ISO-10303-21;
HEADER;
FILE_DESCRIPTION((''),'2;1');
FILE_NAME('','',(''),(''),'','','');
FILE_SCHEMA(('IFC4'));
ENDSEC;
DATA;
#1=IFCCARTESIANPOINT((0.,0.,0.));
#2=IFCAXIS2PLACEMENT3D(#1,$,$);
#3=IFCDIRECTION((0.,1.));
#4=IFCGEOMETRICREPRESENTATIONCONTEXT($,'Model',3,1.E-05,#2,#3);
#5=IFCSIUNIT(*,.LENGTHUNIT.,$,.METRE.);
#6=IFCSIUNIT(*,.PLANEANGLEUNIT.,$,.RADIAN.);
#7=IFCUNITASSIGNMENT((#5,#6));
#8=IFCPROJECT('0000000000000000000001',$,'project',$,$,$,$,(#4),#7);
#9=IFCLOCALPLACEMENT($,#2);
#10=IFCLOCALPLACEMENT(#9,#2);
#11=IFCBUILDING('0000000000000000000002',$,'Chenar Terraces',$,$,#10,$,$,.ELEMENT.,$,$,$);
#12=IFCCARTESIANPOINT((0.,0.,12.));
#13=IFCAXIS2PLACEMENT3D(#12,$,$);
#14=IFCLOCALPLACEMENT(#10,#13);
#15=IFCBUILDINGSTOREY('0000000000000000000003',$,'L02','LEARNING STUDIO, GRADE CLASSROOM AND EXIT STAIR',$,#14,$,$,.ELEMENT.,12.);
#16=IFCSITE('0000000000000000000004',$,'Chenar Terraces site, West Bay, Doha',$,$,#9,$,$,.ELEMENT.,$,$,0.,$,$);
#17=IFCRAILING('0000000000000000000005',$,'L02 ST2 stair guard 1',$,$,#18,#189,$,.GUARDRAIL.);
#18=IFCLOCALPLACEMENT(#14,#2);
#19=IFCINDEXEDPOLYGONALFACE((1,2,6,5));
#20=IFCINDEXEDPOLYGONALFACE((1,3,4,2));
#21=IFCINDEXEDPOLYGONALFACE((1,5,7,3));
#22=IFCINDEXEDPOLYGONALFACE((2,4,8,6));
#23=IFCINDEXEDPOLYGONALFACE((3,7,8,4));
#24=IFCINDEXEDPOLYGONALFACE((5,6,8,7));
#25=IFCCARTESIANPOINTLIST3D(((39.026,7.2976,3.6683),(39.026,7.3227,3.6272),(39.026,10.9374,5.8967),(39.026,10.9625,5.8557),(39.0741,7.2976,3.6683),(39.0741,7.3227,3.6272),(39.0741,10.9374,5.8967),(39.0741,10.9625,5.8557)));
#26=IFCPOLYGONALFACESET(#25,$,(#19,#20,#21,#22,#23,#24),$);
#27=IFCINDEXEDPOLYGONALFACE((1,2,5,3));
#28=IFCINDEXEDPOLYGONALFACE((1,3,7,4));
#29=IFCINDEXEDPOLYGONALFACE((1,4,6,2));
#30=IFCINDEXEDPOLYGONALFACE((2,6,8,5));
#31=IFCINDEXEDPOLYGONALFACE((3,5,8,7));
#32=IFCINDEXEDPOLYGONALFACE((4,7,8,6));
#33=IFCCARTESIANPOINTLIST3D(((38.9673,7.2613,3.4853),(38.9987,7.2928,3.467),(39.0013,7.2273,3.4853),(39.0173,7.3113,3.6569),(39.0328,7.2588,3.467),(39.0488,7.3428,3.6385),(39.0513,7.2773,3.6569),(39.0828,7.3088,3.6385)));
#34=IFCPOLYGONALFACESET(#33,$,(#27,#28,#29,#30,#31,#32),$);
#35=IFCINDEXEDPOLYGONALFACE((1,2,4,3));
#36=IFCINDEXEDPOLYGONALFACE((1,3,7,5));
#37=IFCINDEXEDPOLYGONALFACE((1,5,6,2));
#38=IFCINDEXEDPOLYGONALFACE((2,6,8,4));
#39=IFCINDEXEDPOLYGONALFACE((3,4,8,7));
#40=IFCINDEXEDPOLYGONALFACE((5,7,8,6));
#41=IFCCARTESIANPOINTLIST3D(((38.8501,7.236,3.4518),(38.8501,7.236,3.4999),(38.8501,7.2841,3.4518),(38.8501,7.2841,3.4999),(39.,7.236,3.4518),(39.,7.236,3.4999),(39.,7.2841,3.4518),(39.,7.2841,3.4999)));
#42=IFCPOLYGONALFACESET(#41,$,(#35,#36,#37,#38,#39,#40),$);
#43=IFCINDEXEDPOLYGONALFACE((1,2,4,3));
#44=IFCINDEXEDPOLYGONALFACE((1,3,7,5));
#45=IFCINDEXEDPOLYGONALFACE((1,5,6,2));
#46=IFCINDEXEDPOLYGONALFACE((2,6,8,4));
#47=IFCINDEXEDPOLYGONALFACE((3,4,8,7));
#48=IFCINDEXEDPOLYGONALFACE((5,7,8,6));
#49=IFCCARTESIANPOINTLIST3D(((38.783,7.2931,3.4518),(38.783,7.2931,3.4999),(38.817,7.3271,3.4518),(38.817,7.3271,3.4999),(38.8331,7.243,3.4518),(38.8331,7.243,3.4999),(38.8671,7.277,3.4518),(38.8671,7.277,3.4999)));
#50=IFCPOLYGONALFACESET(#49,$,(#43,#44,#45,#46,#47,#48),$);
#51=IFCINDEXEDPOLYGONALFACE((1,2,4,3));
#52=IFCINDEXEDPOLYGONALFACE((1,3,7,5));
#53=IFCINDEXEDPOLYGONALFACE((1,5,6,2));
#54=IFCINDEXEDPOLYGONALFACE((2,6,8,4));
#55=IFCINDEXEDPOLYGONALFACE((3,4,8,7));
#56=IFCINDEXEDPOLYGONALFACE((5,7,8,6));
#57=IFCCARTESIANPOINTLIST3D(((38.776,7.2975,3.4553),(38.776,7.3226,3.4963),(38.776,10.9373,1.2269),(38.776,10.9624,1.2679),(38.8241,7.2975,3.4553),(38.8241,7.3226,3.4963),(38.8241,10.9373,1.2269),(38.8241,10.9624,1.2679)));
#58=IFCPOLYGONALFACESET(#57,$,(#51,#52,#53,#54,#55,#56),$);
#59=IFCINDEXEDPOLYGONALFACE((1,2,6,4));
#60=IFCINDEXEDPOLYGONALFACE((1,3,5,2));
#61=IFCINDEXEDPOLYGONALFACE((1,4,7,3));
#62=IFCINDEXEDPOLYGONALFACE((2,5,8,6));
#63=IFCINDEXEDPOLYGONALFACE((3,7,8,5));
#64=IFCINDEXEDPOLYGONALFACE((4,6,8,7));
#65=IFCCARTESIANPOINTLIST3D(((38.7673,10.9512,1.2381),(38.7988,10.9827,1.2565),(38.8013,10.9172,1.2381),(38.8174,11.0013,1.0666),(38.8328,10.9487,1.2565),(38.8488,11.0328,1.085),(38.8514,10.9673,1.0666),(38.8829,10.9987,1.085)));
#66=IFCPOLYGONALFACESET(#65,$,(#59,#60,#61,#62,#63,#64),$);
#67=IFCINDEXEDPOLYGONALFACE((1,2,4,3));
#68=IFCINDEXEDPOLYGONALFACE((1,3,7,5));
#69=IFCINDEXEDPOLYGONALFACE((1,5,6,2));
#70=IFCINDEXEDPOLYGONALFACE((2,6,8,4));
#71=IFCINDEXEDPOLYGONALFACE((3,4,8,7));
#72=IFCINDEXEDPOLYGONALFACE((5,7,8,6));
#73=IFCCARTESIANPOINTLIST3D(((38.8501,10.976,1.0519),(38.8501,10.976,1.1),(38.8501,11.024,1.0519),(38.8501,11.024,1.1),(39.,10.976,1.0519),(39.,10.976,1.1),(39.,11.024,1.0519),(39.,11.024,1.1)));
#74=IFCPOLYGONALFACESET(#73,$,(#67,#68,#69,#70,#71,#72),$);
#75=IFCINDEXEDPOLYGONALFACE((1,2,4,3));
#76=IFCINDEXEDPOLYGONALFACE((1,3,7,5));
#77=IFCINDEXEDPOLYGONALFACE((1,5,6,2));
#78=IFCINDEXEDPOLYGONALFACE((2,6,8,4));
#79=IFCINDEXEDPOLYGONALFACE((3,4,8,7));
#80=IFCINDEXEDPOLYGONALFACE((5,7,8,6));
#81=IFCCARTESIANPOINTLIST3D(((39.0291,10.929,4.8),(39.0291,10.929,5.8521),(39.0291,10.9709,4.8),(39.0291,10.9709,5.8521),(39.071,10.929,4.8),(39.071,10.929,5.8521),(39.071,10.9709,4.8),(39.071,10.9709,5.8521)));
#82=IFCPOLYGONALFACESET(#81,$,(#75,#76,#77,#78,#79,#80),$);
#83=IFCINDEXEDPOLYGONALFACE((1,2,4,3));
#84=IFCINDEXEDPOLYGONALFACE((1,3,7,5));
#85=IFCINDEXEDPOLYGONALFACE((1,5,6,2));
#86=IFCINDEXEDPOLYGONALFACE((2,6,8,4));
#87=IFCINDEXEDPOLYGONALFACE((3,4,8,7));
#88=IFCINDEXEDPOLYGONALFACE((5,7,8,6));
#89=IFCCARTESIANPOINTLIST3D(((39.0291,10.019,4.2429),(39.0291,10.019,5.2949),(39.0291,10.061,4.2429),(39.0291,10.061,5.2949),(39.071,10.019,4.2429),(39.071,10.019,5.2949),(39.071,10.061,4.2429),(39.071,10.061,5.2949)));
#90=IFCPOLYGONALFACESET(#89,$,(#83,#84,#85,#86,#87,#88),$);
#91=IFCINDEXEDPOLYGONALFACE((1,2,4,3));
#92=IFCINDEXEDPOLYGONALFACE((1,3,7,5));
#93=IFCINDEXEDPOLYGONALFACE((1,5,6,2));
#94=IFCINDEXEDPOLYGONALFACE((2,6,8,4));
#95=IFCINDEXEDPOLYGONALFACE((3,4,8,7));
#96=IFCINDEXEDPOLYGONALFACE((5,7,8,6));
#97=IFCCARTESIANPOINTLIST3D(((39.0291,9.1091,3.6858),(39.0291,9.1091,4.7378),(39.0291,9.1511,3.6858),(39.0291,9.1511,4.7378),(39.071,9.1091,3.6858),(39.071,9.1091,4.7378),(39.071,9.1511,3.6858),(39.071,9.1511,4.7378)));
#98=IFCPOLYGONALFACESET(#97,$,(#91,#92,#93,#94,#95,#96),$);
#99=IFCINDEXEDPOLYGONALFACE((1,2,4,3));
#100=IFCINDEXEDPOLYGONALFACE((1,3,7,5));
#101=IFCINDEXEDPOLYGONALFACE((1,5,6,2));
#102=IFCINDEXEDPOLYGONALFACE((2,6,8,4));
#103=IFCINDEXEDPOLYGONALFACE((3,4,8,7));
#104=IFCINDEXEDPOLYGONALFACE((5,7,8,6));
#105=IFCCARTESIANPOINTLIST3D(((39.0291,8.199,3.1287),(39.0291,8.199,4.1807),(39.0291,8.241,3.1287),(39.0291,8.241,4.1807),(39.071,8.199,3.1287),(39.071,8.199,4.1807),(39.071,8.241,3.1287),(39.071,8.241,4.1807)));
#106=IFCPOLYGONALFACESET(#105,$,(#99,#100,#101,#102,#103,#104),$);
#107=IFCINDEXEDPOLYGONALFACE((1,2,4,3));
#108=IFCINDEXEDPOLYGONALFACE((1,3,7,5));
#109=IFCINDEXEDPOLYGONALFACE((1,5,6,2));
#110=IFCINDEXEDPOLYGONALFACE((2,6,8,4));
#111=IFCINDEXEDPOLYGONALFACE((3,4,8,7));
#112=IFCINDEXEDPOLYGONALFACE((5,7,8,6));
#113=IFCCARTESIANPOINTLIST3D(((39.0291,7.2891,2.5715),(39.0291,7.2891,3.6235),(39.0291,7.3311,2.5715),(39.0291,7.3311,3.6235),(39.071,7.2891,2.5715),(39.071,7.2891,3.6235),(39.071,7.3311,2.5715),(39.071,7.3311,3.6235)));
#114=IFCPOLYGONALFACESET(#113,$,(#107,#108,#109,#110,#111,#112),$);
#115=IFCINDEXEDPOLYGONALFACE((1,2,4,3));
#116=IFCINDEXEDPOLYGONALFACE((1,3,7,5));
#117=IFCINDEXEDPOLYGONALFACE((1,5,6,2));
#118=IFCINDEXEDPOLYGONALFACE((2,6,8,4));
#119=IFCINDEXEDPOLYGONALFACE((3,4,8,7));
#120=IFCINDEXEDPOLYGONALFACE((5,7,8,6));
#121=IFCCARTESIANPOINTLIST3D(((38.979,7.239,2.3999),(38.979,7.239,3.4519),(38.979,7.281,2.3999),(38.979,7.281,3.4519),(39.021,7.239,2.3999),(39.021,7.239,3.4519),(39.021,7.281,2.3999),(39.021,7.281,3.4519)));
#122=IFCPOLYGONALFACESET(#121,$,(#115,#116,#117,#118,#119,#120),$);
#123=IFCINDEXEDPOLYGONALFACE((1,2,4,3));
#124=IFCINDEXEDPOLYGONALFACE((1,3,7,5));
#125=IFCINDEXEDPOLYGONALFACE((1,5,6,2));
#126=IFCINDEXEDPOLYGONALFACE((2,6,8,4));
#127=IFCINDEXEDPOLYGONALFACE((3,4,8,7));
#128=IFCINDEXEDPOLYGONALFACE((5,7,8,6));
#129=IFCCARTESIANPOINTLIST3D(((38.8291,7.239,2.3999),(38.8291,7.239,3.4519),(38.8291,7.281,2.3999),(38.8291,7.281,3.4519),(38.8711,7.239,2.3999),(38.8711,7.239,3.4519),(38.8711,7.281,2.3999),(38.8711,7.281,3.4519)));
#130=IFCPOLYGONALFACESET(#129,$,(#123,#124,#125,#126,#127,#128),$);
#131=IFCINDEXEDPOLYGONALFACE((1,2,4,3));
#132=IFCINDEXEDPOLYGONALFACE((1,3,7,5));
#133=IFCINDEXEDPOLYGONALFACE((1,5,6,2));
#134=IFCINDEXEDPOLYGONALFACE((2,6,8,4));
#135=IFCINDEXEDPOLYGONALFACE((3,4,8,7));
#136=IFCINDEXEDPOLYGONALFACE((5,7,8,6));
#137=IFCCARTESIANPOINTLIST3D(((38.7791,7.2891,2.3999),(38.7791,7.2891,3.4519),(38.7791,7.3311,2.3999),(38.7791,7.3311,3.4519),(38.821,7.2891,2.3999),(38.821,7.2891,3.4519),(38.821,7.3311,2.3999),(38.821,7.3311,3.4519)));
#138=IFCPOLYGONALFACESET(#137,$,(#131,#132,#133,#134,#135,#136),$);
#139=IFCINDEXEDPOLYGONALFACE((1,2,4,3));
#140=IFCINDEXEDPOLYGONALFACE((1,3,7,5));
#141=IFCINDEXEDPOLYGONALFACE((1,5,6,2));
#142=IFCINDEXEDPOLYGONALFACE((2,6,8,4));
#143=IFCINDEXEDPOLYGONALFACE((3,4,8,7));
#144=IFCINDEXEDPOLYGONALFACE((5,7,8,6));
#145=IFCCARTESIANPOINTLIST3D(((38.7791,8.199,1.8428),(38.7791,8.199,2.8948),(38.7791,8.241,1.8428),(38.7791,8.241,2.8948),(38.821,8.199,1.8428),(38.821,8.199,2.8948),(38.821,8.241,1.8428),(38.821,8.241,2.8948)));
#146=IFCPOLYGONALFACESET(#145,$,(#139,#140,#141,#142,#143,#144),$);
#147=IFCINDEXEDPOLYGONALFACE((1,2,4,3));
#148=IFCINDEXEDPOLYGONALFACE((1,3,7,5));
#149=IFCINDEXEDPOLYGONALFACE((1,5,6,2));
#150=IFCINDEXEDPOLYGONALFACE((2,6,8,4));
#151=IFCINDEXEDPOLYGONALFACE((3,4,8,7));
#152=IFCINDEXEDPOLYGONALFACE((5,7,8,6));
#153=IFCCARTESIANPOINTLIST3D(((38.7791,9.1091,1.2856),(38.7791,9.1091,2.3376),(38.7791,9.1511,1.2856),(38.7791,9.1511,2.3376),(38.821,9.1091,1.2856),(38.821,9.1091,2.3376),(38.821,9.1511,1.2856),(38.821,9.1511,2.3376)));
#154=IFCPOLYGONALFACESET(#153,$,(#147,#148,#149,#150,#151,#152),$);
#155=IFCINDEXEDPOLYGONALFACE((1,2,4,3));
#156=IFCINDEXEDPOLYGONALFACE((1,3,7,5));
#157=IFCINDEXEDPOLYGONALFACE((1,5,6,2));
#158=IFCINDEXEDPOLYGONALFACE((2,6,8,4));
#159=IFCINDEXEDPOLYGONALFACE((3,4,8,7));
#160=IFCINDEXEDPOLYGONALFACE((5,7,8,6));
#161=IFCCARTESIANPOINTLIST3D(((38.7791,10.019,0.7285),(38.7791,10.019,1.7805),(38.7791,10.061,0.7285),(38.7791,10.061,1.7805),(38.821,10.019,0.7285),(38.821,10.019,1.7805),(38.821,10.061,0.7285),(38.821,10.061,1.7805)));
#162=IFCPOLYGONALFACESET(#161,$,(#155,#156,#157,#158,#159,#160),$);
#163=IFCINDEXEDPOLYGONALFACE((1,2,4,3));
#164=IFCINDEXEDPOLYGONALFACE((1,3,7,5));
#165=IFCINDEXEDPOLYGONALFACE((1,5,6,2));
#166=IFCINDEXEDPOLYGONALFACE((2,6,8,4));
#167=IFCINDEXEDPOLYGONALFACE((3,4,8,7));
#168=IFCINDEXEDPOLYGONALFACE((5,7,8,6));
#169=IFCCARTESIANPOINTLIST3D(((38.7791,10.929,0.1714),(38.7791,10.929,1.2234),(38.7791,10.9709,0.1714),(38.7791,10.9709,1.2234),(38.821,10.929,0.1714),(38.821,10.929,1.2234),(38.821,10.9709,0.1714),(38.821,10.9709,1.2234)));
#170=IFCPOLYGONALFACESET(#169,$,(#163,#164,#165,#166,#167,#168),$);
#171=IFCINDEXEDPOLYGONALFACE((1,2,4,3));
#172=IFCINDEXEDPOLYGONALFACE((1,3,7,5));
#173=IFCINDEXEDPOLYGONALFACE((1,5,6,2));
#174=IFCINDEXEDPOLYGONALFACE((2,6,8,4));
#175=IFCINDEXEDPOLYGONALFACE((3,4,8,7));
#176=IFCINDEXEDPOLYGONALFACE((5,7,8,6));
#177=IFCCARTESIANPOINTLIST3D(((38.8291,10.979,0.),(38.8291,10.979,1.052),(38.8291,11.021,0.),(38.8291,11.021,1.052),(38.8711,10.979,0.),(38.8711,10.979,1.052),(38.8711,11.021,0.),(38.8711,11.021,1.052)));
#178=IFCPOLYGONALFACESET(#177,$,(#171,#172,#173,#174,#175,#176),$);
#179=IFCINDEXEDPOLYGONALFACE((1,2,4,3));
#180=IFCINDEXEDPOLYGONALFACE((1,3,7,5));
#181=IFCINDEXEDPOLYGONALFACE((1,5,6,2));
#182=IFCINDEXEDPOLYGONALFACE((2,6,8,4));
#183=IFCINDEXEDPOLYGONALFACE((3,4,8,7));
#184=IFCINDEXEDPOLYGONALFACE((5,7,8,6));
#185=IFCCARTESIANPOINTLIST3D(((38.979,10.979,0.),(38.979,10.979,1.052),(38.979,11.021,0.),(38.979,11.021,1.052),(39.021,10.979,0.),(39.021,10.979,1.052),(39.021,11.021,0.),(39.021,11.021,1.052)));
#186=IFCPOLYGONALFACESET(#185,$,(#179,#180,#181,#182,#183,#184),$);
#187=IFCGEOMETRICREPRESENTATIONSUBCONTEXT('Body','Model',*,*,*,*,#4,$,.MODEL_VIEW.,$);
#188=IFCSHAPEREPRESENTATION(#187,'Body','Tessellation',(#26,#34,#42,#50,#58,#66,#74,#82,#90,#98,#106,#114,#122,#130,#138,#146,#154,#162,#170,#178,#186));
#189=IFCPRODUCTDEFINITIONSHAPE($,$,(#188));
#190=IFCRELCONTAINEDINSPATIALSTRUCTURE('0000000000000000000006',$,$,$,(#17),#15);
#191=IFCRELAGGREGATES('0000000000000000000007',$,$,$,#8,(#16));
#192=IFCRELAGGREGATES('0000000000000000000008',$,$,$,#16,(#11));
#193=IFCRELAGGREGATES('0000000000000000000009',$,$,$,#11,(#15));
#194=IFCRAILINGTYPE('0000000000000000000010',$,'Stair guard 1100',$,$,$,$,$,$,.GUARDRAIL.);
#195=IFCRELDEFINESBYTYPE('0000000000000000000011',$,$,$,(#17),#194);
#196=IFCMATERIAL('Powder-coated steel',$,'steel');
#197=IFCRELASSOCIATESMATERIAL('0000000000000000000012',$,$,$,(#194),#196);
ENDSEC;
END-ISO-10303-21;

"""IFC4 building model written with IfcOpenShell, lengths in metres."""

from ifc_helpers import new_model, si_unit, direction, frame, origin, origin_2d, place, context, subcontext, project, spatial, rectangle, extrude, material, type_object, element, save


model = new_model("IFC4")

# Units and contexts
model_context = context("Model", 3, precision=1e-05, world=origin(), true_north=direction((0.0, 1.0)))
body_context = subcontext(model_context, "Body", "Model", "MODEL_VIEW")
ifc_project = project(units=[si_unit("LENGTHUNIT", "METRE"), si_unit("PLANEANGLEUNIT", "RADIAN")], contexts=[model_context])

# Site, building, storey
site_placement = place(None, origin())
site = spatial("IfcSite", under=ifc_project, at=site_placement, Name="Chenar Terraces site, West Bay, Doha", CompositionType="ELEMENT", RefElevation=0.0)
building_placement = place(site_placement, origin())
building = spatial("IfcBuilding", under=site, at=building_placement, Name="Chenar Terraces", CompositionType="ELEMENT")
storey_placement = place(building_placement, frame((0.0, 0.0, 12.0)))
storey = spatial("IfcBuildingStorey", under=building, at=storey_placement, Name="L02", Description="LEARNING STUDIO, GRADE CLASSROOM AND EXIT STAIR", CompositionType="ELEMENT", Elevation=12.0)

# Railing
ifc_material_1 = material(Name="Powder-coated steel", Category="steel")
railing_type_1 = type_object("IfcRailingType", Name="Stair guard 1100", PredefinedType="GUARDRAIL", material=ifc_material_1)
railing_1_placement = place(storey_placement, frame((39.05, 10.95, 4.8)))
element("IfcRailing", 1, at=railing_1_placement, inside=storey, type_object=railing_type_1, Name="L02 ST2 stair guard 1", PredefinedType="GUARDRAIL", context=body_context, shape_type="SweptSolid", body=[
    extrude(rectangle(XDim=0.0481, YDim=0.0481, at=origin_2d()), frame((0.0, 0.0, 1.0762), z_axis=(0.0, -0.85285, -0.522156), x_axis=(1.0, 0.0, 0.0)), (0.0, 0.0, 1.0), 4.2678),
    extrude(rectangle(XDim=0.0481, YDim=0.0481, at=origin_2d()), frame((0.0, -3.6399, -1.1523), z_axis=(-0.269583, -0.269583, -0.924473), x_axis=(0.707107, -0.707107, 0.0)), (0.0, 0.0, 1.0), 0.1855),
    extrude(rectangle(XDim=0.0481, YDim=0.0481, at=origin_2d()), frame((-0.05, -3.6899, -1.3242), z_axis=(-1.0, 0.0, 0.0), x_axis=(0.0, -1.0, 0.0)), (0.0, 0.0, 1.0), 0.1499),
    extrude(rectangle(XDim=0.0481, YDim=0.0481, at=origin_2d()), frame((-0.2, -3.6899, -1.3242), z_axis=(-0.707107, 0.707107, 0.0), x_axis=(-0.707107, -0.707107, 0.0)), (0.0, 0.0, 1.0), 0.0708),
    extrude(rectangle(XDim=0.0481, YDim=0.0481, at=origin_2d()), frame((-0.25, -3.6399, -1.3242), z_axis=(0.0, 0.85285, -0.522156), x_axis=(-1.0, 0.0, 0.0)), (0.0, 0.0, 1.0), 4.2678),
    extrude(rectangle(XDim=0.0481, YDim=0.0481, at=origin_2d()), frame((-0.25, 0.0, -3.5527), z_axis=(0.269911, 0.269911, -0.924281), x_axis=(-0.707107, 0.707107, 0.0)), (0.0, 0.0, 1.0), 0.1855),
    extrude(rectangle(XDim=0.0481, YDim=0.0481, at=origin_2d()), frame((-0.2, 0.05, -3.7241), z_axis=(1.0, 0.0, 0.0), x_axis=(0.0, 1.0, 0.0)), (0.0, 0.0, 1.0), 0.1499),
    extrude(rectangle(XDim=0.042, YDim=0.042, at=origin_2d()), origin(), (0.0, 0.0, 1.0), 1.052),
    extrude(rectangle(XDim=0.042, YDim=0.042, at=origin_2d()), frame((0.0, -0.9099, -0.5571)), (0.0, 0.0, 1.0), 1.052),
    extrude(rectangle(XDim=0.042, YDim=0.042, at=origin_2d()), frame((0.0, -1.8198, -1.1143)), (0.0, 0.0, 1.0), 1.052),
    extrude(rectangle(XDim=0.042, YDim=0.042, at=origin_2d()), frame((0.0, -2.73, -1.6714)), (0.0, 0.0, 1.0), 1.052),
    extrude(rectangle(XDim=0.042, YDim=0.042, at=origin_2d()), frame((0.0, -3.6399, -2.2285)), (0.0, 0.0, 1.0), 1.052),
    extrude(rectangle(XDim=0.042, YDim=0.042, at=origin_2d()), frame((-0.05, -3.6899, -2.4001)), (0.0, 0.0, 1.0), 1.052),
    extrude(rectangle(XDim=0.042, YDim=0.042, at=origin_2d()), frame((-0.2, -3.6899, -2.4001)), (0.0, 0.0, 1.0), 1.052),
    extrude(rectangle(XDim=0.042, YDim=0.042, at=origin_2d()), frame((-0.25, -3.6399, -2.4001)), (0.0, 0.0, 1.0), 1.052),
    extrude(rectangle(XDim=0.042, YDim=0.042, at=origin_2d()), frame((-0.25, -2.73, -2.9573)), (0.0, 0.0, 1.0), 1.052),
    extrude(rectangle(XDim=0.042, YDim=0.042, at=origin_2d()), frame((-0.25, -1.8198, -3.5144)), (0.0, 0.0, 1.0), 1.052),
    extrude(rectangle(XDim=0.042, YDim=0.042, at=origin_2d()), frame((-0.25, -0.9099, -4.0715)), (0.0, 0.0, 1.0), 1.052),
    extrude(rectangle(XDim=0.042, YDim=0.042, at=origin_2d()), frame((-0.25, 0.0, -4.6287)), (0.0, 0.0, 1.0), 1.052),
    extrude(rectangle(XDim=0.042, YDim=0.042, at=origin_2d()), frame((-0.2, 0.05, -4.8)), (0.0, 0.0, 1.0), 1.052),
    extrude(rectangle(XDim=0.042, YDim=0.042, at=origin_2d()), frame((-0.05, 0.05, -4.8)), (0.0, 0.0, 1.0), 1.052),
])

save(model, "model.ifc")
